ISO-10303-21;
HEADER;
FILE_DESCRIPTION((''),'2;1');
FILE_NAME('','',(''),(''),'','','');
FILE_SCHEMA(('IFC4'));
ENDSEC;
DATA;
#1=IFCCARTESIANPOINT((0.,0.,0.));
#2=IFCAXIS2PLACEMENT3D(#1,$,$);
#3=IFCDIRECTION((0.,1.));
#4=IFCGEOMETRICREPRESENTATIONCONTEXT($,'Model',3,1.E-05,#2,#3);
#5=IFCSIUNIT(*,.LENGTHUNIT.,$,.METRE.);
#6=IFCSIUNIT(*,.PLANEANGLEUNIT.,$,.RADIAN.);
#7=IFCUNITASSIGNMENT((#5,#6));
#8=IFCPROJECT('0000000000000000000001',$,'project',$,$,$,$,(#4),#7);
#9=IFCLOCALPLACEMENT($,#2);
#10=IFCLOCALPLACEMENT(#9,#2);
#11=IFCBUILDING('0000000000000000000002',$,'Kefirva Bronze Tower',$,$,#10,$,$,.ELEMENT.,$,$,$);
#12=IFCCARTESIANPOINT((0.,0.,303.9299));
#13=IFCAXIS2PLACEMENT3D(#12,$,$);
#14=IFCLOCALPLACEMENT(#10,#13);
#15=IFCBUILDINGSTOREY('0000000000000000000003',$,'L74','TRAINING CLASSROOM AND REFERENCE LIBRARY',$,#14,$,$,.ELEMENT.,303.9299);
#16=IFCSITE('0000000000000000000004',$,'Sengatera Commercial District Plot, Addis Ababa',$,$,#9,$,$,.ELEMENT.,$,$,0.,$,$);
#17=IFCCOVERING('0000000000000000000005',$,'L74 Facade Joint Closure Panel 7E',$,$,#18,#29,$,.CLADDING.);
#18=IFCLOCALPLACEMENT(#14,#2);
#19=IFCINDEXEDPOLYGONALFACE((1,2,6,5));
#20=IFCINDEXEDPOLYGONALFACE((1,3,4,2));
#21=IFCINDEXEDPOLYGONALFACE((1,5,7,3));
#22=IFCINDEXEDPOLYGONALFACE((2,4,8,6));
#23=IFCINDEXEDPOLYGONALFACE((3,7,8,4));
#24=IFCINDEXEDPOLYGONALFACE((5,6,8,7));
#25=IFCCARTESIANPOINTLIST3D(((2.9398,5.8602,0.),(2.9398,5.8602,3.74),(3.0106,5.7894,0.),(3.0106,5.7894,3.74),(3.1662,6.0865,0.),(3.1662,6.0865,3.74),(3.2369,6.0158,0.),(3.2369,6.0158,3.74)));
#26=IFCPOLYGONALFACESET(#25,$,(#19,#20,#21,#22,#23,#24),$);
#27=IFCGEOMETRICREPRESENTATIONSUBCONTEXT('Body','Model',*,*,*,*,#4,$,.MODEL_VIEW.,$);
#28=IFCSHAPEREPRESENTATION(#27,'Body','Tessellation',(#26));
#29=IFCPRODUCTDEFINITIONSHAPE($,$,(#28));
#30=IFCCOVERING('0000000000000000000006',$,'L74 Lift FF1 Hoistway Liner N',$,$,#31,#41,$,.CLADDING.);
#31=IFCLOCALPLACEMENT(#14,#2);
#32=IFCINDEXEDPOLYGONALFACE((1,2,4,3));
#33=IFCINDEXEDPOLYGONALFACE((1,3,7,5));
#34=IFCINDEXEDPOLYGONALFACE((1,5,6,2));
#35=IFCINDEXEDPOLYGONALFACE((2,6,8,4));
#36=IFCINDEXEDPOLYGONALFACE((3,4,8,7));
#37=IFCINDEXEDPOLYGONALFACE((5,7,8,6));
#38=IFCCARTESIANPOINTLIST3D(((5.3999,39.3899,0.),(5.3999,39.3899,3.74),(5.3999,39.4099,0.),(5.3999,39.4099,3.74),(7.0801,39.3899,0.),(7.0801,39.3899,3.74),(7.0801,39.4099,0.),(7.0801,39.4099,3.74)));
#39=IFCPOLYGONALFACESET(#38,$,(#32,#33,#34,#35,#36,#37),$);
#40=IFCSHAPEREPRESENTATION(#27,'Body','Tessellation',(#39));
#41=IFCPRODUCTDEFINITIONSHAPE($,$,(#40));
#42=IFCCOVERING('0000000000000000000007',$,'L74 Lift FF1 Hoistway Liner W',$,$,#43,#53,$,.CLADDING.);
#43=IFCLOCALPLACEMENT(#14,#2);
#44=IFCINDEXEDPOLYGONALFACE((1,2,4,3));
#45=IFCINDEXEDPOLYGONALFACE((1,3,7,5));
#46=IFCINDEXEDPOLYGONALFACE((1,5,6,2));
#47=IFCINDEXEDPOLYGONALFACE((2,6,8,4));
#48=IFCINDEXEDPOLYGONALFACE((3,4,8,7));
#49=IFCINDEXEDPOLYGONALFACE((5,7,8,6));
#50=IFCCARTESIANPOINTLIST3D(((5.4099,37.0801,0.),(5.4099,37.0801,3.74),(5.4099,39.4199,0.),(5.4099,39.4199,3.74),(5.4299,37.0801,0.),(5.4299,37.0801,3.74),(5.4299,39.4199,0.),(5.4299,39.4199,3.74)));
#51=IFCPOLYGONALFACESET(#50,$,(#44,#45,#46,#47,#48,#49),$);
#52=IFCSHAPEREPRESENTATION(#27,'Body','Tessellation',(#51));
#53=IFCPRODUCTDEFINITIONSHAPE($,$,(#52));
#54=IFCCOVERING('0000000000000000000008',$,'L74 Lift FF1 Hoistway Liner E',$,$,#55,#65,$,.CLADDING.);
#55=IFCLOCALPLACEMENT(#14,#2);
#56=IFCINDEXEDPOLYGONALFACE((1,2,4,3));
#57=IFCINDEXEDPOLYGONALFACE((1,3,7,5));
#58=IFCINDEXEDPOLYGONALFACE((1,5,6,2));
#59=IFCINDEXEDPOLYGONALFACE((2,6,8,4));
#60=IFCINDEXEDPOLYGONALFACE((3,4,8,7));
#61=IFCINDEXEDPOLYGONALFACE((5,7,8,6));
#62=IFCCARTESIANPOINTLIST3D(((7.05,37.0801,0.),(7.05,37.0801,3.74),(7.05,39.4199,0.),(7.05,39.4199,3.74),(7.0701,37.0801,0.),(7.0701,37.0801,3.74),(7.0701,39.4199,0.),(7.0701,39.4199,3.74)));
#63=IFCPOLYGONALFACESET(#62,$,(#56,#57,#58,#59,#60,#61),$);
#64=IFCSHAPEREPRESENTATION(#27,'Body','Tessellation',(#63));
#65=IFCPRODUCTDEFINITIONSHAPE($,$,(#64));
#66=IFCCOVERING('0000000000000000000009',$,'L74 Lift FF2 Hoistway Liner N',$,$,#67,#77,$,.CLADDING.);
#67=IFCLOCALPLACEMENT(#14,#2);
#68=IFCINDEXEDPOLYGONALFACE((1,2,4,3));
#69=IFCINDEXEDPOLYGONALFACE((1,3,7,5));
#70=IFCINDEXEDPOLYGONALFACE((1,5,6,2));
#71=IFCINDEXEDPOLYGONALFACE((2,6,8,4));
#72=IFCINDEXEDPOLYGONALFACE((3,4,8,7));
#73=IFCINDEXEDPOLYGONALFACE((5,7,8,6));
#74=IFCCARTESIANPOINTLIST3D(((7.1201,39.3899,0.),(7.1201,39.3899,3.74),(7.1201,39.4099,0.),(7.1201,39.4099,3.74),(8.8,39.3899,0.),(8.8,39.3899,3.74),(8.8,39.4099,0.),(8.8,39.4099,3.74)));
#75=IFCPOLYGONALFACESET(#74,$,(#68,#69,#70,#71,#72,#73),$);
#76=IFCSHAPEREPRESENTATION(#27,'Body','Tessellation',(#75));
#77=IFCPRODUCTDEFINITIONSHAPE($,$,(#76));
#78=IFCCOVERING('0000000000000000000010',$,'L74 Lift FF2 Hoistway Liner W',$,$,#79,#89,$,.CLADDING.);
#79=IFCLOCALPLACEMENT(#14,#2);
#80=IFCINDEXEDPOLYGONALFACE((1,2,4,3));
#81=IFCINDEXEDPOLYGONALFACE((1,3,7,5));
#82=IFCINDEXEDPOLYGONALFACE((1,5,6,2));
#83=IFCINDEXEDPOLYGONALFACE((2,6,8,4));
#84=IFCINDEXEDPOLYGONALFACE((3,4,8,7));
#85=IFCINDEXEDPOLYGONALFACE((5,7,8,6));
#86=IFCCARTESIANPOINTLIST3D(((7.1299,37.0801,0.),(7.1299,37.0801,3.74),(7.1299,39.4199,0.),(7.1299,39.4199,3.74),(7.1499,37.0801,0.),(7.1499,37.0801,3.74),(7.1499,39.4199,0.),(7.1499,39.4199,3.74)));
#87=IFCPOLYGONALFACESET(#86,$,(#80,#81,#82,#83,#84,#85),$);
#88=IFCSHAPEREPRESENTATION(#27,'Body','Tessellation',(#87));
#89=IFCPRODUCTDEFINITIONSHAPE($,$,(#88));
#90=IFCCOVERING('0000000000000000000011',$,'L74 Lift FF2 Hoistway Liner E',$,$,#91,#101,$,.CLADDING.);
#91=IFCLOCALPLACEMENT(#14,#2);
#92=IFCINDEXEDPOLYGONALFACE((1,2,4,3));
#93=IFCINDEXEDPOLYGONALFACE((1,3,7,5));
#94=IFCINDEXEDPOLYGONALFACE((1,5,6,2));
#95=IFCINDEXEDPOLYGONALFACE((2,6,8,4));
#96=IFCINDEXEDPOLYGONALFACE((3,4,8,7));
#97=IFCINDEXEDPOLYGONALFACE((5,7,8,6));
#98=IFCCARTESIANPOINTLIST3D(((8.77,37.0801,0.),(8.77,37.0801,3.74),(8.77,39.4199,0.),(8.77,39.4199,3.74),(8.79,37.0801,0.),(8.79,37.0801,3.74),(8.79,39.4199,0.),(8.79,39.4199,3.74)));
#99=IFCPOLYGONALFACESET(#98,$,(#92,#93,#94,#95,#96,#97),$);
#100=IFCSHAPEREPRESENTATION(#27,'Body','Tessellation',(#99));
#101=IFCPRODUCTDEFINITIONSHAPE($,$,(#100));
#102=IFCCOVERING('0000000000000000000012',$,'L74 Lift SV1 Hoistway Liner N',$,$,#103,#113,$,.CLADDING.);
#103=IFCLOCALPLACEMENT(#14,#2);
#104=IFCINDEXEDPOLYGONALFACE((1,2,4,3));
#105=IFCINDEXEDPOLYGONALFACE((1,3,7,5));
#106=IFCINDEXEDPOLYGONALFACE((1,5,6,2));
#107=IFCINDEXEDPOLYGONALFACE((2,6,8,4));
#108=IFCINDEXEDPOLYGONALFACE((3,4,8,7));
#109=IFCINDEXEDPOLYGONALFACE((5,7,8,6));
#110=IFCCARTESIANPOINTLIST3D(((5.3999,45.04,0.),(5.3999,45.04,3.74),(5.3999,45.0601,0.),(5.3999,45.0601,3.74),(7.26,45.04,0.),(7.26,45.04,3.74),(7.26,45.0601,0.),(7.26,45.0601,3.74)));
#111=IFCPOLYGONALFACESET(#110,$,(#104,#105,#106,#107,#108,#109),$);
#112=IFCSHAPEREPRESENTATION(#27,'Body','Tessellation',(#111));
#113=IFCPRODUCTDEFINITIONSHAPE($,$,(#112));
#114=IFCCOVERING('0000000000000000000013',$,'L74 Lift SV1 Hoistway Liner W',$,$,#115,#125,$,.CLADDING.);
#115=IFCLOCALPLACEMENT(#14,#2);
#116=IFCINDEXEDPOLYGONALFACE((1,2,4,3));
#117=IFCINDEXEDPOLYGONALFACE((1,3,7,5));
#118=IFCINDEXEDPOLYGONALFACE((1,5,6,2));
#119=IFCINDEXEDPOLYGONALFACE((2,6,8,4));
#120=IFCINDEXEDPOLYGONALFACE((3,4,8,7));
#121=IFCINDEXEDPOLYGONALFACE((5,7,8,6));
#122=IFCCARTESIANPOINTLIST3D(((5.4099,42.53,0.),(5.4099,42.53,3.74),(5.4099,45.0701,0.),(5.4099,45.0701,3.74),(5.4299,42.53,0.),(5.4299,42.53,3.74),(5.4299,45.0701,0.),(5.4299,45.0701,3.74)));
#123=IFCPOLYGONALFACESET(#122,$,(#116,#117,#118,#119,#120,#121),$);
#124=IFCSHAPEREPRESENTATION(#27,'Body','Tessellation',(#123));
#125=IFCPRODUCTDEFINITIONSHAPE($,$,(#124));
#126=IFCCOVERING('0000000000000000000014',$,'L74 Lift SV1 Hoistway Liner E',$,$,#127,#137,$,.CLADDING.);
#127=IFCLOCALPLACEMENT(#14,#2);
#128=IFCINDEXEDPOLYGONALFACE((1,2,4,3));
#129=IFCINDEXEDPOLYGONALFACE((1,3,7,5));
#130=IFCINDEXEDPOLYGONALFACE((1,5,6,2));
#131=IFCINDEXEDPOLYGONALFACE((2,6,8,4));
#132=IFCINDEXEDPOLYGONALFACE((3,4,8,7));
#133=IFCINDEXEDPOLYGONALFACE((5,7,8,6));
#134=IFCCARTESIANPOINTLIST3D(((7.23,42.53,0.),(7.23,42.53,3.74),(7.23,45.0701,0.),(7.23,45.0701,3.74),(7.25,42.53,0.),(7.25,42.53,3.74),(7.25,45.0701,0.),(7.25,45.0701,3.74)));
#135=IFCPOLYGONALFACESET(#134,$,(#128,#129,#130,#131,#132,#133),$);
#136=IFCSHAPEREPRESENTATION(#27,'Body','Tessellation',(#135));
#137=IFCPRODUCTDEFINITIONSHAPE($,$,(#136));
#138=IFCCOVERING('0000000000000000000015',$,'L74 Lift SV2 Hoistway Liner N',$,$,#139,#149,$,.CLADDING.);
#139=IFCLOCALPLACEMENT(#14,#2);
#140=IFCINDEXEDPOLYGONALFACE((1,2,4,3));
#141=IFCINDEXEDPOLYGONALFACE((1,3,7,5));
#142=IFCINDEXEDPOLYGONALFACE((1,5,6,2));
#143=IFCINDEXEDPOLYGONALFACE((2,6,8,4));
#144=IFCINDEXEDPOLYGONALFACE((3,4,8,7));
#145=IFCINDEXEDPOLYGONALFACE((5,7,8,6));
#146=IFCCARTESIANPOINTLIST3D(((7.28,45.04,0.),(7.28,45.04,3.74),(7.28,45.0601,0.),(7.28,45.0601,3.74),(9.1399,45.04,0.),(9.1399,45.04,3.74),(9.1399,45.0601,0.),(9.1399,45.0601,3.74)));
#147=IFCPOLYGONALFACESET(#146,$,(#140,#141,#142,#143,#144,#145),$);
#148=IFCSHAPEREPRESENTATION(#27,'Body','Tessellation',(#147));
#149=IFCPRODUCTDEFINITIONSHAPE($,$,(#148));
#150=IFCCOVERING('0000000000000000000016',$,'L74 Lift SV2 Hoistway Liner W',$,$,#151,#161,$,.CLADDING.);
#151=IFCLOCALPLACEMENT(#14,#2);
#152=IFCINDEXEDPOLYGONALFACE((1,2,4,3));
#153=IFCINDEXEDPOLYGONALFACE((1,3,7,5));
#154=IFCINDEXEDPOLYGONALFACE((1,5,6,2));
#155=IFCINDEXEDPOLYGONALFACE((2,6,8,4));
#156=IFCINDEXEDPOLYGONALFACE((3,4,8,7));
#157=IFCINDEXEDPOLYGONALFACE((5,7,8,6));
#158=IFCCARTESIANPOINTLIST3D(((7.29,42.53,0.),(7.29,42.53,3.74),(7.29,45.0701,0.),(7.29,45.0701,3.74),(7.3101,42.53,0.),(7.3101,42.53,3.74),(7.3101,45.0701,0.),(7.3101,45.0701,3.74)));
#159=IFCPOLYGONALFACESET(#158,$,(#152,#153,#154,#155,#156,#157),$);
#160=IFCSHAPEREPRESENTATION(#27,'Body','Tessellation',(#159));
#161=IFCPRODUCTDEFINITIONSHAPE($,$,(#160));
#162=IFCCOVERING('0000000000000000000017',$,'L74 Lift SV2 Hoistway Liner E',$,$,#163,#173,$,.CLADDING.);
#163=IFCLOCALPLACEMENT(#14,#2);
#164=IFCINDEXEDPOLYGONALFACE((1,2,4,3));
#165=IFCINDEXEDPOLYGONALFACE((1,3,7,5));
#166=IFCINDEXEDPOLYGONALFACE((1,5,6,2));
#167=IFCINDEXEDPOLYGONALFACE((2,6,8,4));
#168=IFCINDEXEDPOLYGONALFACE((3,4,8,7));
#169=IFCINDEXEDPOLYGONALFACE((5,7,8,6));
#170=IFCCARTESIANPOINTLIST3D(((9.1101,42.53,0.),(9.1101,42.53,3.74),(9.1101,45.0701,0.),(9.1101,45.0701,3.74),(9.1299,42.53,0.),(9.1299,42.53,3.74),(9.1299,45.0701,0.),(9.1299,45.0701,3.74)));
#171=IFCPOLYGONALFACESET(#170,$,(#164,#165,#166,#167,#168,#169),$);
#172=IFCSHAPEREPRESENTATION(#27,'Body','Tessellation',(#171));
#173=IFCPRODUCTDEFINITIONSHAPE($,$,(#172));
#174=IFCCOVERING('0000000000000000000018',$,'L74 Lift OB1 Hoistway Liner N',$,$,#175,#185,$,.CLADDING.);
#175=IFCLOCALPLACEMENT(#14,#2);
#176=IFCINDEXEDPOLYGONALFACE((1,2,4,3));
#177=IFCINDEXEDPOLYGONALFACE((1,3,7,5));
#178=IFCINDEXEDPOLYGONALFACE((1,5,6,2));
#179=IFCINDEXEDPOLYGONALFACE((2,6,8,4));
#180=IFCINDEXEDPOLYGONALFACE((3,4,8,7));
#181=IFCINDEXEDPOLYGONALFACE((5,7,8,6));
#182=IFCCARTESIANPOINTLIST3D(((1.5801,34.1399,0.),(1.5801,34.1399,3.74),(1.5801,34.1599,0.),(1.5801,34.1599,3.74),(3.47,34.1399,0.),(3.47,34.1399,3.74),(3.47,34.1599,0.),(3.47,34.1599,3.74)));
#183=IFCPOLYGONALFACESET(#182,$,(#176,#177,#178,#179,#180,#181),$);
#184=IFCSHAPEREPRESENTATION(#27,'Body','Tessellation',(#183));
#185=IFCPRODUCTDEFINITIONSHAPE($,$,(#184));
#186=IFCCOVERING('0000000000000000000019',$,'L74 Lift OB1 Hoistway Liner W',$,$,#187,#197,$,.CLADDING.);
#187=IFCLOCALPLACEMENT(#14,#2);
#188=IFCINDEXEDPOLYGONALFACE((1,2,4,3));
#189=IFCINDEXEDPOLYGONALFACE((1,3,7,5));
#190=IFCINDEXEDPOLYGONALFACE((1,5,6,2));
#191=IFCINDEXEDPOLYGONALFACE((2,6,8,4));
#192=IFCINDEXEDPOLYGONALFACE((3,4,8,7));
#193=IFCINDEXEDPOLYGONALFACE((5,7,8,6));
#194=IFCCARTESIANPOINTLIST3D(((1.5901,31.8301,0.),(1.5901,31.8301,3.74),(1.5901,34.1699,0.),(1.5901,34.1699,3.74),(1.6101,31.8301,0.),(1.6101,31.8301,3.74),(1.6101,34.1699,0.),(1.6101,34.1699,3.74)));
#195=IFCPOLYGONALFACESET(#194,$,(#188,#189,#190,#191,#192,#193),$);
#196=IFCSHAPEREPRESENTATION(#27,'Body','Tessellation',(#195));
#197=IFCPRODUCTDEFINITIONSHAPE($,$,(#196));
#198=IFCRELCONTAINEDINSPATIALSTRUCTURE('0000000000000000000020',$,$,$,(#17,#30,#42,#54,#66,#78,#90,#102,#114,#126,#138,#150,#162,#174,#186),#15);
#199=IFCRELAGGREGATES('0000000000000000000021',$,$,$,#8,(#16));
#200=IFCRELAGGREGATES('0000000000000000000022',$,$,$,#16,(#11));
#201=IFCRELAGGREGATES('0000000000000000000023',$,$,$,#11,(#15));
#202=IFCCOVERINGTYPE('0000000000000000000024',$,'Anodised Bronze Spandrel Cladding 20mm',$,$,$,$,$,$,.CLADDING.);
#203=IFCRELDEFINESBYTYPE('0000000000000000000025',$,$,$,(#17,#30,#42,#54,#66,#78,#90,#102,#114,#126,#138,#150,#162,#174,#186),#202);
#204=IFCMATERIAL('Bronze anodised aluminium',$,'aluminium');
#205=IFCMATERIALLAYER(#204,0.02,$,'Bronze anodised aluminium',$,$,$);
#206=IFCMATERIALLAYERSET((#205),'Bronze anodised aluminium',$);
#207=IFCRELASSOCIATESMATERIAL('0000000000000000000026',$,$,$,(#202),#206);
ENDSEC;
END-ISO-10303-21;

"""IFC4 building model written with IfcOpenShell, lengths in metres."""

from ifc_helpers import new_model, si_unit, direction, frame, origin, origin_2d, place, context, subcontext, project, spatial, polyline, rectangle, outline, extrude, material, layer, layer_set, type_object, element, save


model = new_model("IFC4")

# Units and contexts
model_context = context("Model", 3, precision=1e-05, world=origin(), true_north=direction((0.0, 1.0)))
body_context = subcontext(model_context, "Body", "Model", "MODEL_VIEW")
ifc_project = project(units=[si_unit("LENGTHUNIT", "METRE"), si_unit("PLANEANGLEUNIT", "RADIAN")], contexts=[model_context])

# Site, building, storey
site_placement = place(None, origin())
site = spatial("IfcSite", under=ifc_project, at=site_placement, Name="Sengatera Commercial District Plot, Addis Ababa", CompositionType="ELEMENT", RefElevation=0.0)
building_placement = place(site_placement, origin())
building = spatial("IfcBuilding", under=site, at=building_placement, Name="Kefirva Bronze Tower", CompositionType="ELEMENT")
storey_placement = place(building_placement, frame((0.0, 0.0, 303.9299)))
storey = spatial("IfcBuildingStorey", under=building, at=storey_placement, Name="L74", Description="TRAINING CLASSROOM AND REFERENCE LIBRARY", CompositionType="ELEMENT", Elevation=303.9299)

# Shared definitions
ifc_material_1 = material(Name="Bronze anodised aluminium", Category="aluminium")

# Coverings
ifc_layer_1 = layer(ifc_material_1, 0.02, Name="Bronze anodised aluminium")
ifc_layer_set_1 = layer_set([ifc_layer_1], Name="Bronze anodised aluminium")
covering_type_1 = type_object("IfcCoveringType", Name="Anodised Bronze Spandrel Cladding 20mm", PredefinedType="CLADDING", material=ifc_layer_set_1)
covering_1_placement = place(storey_placement, frame((3.0884, 5.938, 0.0), z_axis=(0.0, 0.0, 1.0), x_axis=(0.707107, -0.707107, 0.0)))
element("IfcCovering", 1, at=covering_1_placement, inside=storey, type_object=covering_type_1, Name="L74 Facade Joint Closure Panel 7E", PredefinedType="CLADDING", context=body_context, shape_type="SweptSolid", body=[
    extrude(rectangle(XDim=0.1001, YDim=0.3201, at=origin_2d()), origin(), (0.0, 0.0, 1.0), 3.74),
])
covering_2_placement = place(storey_placement, origin())
element("IfcCovering", 2, at=covering_2_placement, inside=storey, type_object=covering_type_1, Name="L74 Lift FF1 Hoistway Liner N", PredefinedType="CLADDING", context=body_context, shape_type="SweptSolid", body=[
    extrude(outline(polyline([(5.3999, 39.3899), (7.0801, 39.3899), (7.0801, 39.4099), (5.3999, 39.4099), (5.3999, 39.3899)])), origin(), (0.0, 0.0, 1.0), 3.74),
])
covering_3_placement = place(storey_placement, origin())
element("IfcCovering", 3, at=covering_3_placement, inside=storey, type_object=covering_type_1, Name="L74 Lift FF1 Hoistway Liner W", PredefinedType="CLADDING", context=body_context, shape_type="SweptSolid", body=[
    extrude(outline(polyline([(5.4099, 37.0801), (5.4299, 37.0801), (5.4299, 39.4199), (5.4099, 39.4199), (5.4099, 37.0801)])), origin(), (0.0, 0.0, 1.0), 3.74),
])
covering_4_placement = place(storey_placement, origin())
element("IfcCovering", 4, at=covering_4_placement, inside=storey, type_object=covering_type_1, Name="L74 Lift FF1 Hoistway Liner E", PredefinedType="CLADDING", context=body_context, shape_type="SweptSolid", body=[
    extrude(outline(polyline([(7.05, 37.0801), (7.0701, 37.0801), (7.0701, 39.4199), (7.05, 39.4199), (7.05, 37.0801)])), origin(), (0.0, 0.0, 1.0), 3.74),
])
covering_5_placement = place(storey_placement, origin())
element("IfcCovering", 5, at=covering_5_placement, inside=storey, type_object=covering_type_1, Name="L74 Lift FF2 Hoistway Liner N", PredefinedType="CLADDING", context=body_context, shape_type="SweptSolid", body=[
    extrude(outline(polyline([(7.1201, 39.3899), (8.8, 39.3899), (8.8, 39.4099), (7.1201, 39.4099), (7.1201, 39.3899)])), origin(), (0.0, 0.0, 1.0), 3.74),
])
covering_6_placement = place(storey_placement, origin())
element("IfcCovering", 6, at=covering_6_placement, inside=storey, type_object=covering_type_1, Name="L74 Lift FF2 Hoistway Liner W", PredefinedType="CLADDING", context=body_context, shape_type="SweptSolid", body=[
    extrude(outline(polyline([(7.1299, 37.0801), (7.1499, 37.0801), (7.1499, 39.4199), (7.1299, 39.4199), (7.1299, 37.0801)])), origin(), (0.0, 0.0, 1.0), 3.74),
])
covering_7_placement = place(storey_placement, origin())
element("IfcCovering", 7, at=covering_7_placement, inside=storey, type_object=covering_type_1, Name="L74 Lift FF2 Hoistway Liner E", PredefinedType="CLADDING", context=body_context, shape_type="SweptSolid", body=[
    extrude(outline(polyline([(8.77, 37.0801), (8.79, 37.0801), (8.79, 39.4199), (8.77, 39.4199), (8.77, 37.0801)])), origin(), (0.0, 0.0, 1.0), 3.74),
])
covering_8_placement = place(storey_placement, origin())
element("IfcCovering", 8, at=covering_8_placement, inside=storey, type_object=covering_type_1, Name="L74 Lift SV1 Hoistway Liner N", PredefinedType="CLADDING", context=body_context, shape_type="SweptSolid", body=[
    extrude(outline(polyline([(5.3999, 45.04), (7.26, 45.04), (7.26, 45.0601), (5.3999, 45.0601), (5.3999, 45.04)])), origin(), (0.0, 0.0, 1.0), 3.74),
])
covering_9_placement = place(storey_placement, origin())
element("IfcCovering", 9, at=covering_9_placement, inside=storey, type_object=covering_type_1, Name="L74 Lift SV1 Hoistway Liner W", PredefinedType="CLADDING", context=body_context, shape_type="SweptSolid", body=[
    extrude(outline(polyline([(5.4099, 42.53), (5.4299, 42.53), (5.4299, 45.0701), (5.4099, 45.0701), (5.4099, 42.53)])), origin(), (0.0, 0.0, 1.0), 3.74),
])
covering_10_placement = place(storey_placement, origin())
element("IfcCovering", 10, at=covering_10_placement, inside=storey, type_object=covering_type_1, Name="L74 Lift SV1 Hoistway Liner E", PredefinedType="CLADDING", context=body_context, shape_type="SweptSolid", body=[
    extrude(outline(polyline([(7.23, 42.53), (7.25, 42.53), (7.25, 45.0701), (7.23, 45.0701), (7.23, 42.53)])), origin(), (0.0, 0.0, 1.0), 3.74),
])
covering_11_placement = place(storey_placement, origin())
element("IfcCovering", 11, at=covering_11_placement, inside=storey, type_object=covering_type_1, Name="L74 Lift SV2 Hoistway Liner N", PredefinedType="CLADDING", context=body_context, shape_type="SweptSolid", body=[
    extrude(outline(polyline([(7.28, 45.04), (9.1399, 45.04), (9.1399, 45.0601), (7.28, 45.0601), (7.28, 45.04)])), origin(), (0.0, 0.0, 1.0), 3.74),
])
covering_12_placement = place(storey_placement, origin())
element("IfcCovering", 12, at=covering_12_placement, inside=storey, type_object=covering_type_1, Name="L74 Lift SV2 Hoistway Liner W", PredefinedType="CLADDING", context=body_context, shape_type="SweptSolid", body=[
    extrude(outline(polyline([(7.29, 42.53), (7.3101, 42.53), (7.3101, 45.0701), (7.29, 45.0701), (7.29, 42.53)])), origin(), (0.0, 0.0, 1.0), 3.74),
])
covering_13_placement = place(storey_placement, origin())
element("IfcCovering", 13, at=covering_13_placement, inside=storey, type_object=covering_type_1, Name="L74 Lift SV2 Hoistway Liner E", PredefinedType="CLADDING", context=body_context, shape_type="SweptSolid", body=[
    extrude(outline(polyline([(9.1101, 42.53), (9.1299, 42.53), (9.1299, 45.0701), (9.1101, 45.0701), (9.1101, 42.53)])), origin(), (0.0, 0.0, 1.0), 3.74),
])
covering_14_placement = place(storey_placement, origin())
element("IfcCovering", 14, at=covering_14_placement, inside=storey, type_object=covering_type_1, Name="L74 Lift OB1 Hoistway Liner N", PredefinedType="CLADDING", context=body_context, shape_type="SweptSolid", body=[
    extrude(outline(polyline([(1.5801, 34.1399), (3.47, 34.1399), (3.47, 34.1599), (1.5801, 34.1599), (1.5801, 34.1399)])), origin(), (0.0, 0.0, 1.0), 3.74),
])
covering_15_placement = place(storey_placement, origin())
element("IfcCovering", 15, at=covering_15_placement, inside=storey, type_object=covering_type_1, Name="L74 Lift OB1 Hoistway Liner W", PredefinedType="CLADDING", context=body_context, shape_type="SweptSolid", body=[
    extrude(outline(polyline([(1.5901, 31.8301), (1.6101, 31.8301), (1.6101, 34.1699), (1.5901, 34.1699), (1.5901, 31.8301)])), origin(), (0.0, 0.0, 1.0), 3.74),
])

save(model, "model.ifc")
